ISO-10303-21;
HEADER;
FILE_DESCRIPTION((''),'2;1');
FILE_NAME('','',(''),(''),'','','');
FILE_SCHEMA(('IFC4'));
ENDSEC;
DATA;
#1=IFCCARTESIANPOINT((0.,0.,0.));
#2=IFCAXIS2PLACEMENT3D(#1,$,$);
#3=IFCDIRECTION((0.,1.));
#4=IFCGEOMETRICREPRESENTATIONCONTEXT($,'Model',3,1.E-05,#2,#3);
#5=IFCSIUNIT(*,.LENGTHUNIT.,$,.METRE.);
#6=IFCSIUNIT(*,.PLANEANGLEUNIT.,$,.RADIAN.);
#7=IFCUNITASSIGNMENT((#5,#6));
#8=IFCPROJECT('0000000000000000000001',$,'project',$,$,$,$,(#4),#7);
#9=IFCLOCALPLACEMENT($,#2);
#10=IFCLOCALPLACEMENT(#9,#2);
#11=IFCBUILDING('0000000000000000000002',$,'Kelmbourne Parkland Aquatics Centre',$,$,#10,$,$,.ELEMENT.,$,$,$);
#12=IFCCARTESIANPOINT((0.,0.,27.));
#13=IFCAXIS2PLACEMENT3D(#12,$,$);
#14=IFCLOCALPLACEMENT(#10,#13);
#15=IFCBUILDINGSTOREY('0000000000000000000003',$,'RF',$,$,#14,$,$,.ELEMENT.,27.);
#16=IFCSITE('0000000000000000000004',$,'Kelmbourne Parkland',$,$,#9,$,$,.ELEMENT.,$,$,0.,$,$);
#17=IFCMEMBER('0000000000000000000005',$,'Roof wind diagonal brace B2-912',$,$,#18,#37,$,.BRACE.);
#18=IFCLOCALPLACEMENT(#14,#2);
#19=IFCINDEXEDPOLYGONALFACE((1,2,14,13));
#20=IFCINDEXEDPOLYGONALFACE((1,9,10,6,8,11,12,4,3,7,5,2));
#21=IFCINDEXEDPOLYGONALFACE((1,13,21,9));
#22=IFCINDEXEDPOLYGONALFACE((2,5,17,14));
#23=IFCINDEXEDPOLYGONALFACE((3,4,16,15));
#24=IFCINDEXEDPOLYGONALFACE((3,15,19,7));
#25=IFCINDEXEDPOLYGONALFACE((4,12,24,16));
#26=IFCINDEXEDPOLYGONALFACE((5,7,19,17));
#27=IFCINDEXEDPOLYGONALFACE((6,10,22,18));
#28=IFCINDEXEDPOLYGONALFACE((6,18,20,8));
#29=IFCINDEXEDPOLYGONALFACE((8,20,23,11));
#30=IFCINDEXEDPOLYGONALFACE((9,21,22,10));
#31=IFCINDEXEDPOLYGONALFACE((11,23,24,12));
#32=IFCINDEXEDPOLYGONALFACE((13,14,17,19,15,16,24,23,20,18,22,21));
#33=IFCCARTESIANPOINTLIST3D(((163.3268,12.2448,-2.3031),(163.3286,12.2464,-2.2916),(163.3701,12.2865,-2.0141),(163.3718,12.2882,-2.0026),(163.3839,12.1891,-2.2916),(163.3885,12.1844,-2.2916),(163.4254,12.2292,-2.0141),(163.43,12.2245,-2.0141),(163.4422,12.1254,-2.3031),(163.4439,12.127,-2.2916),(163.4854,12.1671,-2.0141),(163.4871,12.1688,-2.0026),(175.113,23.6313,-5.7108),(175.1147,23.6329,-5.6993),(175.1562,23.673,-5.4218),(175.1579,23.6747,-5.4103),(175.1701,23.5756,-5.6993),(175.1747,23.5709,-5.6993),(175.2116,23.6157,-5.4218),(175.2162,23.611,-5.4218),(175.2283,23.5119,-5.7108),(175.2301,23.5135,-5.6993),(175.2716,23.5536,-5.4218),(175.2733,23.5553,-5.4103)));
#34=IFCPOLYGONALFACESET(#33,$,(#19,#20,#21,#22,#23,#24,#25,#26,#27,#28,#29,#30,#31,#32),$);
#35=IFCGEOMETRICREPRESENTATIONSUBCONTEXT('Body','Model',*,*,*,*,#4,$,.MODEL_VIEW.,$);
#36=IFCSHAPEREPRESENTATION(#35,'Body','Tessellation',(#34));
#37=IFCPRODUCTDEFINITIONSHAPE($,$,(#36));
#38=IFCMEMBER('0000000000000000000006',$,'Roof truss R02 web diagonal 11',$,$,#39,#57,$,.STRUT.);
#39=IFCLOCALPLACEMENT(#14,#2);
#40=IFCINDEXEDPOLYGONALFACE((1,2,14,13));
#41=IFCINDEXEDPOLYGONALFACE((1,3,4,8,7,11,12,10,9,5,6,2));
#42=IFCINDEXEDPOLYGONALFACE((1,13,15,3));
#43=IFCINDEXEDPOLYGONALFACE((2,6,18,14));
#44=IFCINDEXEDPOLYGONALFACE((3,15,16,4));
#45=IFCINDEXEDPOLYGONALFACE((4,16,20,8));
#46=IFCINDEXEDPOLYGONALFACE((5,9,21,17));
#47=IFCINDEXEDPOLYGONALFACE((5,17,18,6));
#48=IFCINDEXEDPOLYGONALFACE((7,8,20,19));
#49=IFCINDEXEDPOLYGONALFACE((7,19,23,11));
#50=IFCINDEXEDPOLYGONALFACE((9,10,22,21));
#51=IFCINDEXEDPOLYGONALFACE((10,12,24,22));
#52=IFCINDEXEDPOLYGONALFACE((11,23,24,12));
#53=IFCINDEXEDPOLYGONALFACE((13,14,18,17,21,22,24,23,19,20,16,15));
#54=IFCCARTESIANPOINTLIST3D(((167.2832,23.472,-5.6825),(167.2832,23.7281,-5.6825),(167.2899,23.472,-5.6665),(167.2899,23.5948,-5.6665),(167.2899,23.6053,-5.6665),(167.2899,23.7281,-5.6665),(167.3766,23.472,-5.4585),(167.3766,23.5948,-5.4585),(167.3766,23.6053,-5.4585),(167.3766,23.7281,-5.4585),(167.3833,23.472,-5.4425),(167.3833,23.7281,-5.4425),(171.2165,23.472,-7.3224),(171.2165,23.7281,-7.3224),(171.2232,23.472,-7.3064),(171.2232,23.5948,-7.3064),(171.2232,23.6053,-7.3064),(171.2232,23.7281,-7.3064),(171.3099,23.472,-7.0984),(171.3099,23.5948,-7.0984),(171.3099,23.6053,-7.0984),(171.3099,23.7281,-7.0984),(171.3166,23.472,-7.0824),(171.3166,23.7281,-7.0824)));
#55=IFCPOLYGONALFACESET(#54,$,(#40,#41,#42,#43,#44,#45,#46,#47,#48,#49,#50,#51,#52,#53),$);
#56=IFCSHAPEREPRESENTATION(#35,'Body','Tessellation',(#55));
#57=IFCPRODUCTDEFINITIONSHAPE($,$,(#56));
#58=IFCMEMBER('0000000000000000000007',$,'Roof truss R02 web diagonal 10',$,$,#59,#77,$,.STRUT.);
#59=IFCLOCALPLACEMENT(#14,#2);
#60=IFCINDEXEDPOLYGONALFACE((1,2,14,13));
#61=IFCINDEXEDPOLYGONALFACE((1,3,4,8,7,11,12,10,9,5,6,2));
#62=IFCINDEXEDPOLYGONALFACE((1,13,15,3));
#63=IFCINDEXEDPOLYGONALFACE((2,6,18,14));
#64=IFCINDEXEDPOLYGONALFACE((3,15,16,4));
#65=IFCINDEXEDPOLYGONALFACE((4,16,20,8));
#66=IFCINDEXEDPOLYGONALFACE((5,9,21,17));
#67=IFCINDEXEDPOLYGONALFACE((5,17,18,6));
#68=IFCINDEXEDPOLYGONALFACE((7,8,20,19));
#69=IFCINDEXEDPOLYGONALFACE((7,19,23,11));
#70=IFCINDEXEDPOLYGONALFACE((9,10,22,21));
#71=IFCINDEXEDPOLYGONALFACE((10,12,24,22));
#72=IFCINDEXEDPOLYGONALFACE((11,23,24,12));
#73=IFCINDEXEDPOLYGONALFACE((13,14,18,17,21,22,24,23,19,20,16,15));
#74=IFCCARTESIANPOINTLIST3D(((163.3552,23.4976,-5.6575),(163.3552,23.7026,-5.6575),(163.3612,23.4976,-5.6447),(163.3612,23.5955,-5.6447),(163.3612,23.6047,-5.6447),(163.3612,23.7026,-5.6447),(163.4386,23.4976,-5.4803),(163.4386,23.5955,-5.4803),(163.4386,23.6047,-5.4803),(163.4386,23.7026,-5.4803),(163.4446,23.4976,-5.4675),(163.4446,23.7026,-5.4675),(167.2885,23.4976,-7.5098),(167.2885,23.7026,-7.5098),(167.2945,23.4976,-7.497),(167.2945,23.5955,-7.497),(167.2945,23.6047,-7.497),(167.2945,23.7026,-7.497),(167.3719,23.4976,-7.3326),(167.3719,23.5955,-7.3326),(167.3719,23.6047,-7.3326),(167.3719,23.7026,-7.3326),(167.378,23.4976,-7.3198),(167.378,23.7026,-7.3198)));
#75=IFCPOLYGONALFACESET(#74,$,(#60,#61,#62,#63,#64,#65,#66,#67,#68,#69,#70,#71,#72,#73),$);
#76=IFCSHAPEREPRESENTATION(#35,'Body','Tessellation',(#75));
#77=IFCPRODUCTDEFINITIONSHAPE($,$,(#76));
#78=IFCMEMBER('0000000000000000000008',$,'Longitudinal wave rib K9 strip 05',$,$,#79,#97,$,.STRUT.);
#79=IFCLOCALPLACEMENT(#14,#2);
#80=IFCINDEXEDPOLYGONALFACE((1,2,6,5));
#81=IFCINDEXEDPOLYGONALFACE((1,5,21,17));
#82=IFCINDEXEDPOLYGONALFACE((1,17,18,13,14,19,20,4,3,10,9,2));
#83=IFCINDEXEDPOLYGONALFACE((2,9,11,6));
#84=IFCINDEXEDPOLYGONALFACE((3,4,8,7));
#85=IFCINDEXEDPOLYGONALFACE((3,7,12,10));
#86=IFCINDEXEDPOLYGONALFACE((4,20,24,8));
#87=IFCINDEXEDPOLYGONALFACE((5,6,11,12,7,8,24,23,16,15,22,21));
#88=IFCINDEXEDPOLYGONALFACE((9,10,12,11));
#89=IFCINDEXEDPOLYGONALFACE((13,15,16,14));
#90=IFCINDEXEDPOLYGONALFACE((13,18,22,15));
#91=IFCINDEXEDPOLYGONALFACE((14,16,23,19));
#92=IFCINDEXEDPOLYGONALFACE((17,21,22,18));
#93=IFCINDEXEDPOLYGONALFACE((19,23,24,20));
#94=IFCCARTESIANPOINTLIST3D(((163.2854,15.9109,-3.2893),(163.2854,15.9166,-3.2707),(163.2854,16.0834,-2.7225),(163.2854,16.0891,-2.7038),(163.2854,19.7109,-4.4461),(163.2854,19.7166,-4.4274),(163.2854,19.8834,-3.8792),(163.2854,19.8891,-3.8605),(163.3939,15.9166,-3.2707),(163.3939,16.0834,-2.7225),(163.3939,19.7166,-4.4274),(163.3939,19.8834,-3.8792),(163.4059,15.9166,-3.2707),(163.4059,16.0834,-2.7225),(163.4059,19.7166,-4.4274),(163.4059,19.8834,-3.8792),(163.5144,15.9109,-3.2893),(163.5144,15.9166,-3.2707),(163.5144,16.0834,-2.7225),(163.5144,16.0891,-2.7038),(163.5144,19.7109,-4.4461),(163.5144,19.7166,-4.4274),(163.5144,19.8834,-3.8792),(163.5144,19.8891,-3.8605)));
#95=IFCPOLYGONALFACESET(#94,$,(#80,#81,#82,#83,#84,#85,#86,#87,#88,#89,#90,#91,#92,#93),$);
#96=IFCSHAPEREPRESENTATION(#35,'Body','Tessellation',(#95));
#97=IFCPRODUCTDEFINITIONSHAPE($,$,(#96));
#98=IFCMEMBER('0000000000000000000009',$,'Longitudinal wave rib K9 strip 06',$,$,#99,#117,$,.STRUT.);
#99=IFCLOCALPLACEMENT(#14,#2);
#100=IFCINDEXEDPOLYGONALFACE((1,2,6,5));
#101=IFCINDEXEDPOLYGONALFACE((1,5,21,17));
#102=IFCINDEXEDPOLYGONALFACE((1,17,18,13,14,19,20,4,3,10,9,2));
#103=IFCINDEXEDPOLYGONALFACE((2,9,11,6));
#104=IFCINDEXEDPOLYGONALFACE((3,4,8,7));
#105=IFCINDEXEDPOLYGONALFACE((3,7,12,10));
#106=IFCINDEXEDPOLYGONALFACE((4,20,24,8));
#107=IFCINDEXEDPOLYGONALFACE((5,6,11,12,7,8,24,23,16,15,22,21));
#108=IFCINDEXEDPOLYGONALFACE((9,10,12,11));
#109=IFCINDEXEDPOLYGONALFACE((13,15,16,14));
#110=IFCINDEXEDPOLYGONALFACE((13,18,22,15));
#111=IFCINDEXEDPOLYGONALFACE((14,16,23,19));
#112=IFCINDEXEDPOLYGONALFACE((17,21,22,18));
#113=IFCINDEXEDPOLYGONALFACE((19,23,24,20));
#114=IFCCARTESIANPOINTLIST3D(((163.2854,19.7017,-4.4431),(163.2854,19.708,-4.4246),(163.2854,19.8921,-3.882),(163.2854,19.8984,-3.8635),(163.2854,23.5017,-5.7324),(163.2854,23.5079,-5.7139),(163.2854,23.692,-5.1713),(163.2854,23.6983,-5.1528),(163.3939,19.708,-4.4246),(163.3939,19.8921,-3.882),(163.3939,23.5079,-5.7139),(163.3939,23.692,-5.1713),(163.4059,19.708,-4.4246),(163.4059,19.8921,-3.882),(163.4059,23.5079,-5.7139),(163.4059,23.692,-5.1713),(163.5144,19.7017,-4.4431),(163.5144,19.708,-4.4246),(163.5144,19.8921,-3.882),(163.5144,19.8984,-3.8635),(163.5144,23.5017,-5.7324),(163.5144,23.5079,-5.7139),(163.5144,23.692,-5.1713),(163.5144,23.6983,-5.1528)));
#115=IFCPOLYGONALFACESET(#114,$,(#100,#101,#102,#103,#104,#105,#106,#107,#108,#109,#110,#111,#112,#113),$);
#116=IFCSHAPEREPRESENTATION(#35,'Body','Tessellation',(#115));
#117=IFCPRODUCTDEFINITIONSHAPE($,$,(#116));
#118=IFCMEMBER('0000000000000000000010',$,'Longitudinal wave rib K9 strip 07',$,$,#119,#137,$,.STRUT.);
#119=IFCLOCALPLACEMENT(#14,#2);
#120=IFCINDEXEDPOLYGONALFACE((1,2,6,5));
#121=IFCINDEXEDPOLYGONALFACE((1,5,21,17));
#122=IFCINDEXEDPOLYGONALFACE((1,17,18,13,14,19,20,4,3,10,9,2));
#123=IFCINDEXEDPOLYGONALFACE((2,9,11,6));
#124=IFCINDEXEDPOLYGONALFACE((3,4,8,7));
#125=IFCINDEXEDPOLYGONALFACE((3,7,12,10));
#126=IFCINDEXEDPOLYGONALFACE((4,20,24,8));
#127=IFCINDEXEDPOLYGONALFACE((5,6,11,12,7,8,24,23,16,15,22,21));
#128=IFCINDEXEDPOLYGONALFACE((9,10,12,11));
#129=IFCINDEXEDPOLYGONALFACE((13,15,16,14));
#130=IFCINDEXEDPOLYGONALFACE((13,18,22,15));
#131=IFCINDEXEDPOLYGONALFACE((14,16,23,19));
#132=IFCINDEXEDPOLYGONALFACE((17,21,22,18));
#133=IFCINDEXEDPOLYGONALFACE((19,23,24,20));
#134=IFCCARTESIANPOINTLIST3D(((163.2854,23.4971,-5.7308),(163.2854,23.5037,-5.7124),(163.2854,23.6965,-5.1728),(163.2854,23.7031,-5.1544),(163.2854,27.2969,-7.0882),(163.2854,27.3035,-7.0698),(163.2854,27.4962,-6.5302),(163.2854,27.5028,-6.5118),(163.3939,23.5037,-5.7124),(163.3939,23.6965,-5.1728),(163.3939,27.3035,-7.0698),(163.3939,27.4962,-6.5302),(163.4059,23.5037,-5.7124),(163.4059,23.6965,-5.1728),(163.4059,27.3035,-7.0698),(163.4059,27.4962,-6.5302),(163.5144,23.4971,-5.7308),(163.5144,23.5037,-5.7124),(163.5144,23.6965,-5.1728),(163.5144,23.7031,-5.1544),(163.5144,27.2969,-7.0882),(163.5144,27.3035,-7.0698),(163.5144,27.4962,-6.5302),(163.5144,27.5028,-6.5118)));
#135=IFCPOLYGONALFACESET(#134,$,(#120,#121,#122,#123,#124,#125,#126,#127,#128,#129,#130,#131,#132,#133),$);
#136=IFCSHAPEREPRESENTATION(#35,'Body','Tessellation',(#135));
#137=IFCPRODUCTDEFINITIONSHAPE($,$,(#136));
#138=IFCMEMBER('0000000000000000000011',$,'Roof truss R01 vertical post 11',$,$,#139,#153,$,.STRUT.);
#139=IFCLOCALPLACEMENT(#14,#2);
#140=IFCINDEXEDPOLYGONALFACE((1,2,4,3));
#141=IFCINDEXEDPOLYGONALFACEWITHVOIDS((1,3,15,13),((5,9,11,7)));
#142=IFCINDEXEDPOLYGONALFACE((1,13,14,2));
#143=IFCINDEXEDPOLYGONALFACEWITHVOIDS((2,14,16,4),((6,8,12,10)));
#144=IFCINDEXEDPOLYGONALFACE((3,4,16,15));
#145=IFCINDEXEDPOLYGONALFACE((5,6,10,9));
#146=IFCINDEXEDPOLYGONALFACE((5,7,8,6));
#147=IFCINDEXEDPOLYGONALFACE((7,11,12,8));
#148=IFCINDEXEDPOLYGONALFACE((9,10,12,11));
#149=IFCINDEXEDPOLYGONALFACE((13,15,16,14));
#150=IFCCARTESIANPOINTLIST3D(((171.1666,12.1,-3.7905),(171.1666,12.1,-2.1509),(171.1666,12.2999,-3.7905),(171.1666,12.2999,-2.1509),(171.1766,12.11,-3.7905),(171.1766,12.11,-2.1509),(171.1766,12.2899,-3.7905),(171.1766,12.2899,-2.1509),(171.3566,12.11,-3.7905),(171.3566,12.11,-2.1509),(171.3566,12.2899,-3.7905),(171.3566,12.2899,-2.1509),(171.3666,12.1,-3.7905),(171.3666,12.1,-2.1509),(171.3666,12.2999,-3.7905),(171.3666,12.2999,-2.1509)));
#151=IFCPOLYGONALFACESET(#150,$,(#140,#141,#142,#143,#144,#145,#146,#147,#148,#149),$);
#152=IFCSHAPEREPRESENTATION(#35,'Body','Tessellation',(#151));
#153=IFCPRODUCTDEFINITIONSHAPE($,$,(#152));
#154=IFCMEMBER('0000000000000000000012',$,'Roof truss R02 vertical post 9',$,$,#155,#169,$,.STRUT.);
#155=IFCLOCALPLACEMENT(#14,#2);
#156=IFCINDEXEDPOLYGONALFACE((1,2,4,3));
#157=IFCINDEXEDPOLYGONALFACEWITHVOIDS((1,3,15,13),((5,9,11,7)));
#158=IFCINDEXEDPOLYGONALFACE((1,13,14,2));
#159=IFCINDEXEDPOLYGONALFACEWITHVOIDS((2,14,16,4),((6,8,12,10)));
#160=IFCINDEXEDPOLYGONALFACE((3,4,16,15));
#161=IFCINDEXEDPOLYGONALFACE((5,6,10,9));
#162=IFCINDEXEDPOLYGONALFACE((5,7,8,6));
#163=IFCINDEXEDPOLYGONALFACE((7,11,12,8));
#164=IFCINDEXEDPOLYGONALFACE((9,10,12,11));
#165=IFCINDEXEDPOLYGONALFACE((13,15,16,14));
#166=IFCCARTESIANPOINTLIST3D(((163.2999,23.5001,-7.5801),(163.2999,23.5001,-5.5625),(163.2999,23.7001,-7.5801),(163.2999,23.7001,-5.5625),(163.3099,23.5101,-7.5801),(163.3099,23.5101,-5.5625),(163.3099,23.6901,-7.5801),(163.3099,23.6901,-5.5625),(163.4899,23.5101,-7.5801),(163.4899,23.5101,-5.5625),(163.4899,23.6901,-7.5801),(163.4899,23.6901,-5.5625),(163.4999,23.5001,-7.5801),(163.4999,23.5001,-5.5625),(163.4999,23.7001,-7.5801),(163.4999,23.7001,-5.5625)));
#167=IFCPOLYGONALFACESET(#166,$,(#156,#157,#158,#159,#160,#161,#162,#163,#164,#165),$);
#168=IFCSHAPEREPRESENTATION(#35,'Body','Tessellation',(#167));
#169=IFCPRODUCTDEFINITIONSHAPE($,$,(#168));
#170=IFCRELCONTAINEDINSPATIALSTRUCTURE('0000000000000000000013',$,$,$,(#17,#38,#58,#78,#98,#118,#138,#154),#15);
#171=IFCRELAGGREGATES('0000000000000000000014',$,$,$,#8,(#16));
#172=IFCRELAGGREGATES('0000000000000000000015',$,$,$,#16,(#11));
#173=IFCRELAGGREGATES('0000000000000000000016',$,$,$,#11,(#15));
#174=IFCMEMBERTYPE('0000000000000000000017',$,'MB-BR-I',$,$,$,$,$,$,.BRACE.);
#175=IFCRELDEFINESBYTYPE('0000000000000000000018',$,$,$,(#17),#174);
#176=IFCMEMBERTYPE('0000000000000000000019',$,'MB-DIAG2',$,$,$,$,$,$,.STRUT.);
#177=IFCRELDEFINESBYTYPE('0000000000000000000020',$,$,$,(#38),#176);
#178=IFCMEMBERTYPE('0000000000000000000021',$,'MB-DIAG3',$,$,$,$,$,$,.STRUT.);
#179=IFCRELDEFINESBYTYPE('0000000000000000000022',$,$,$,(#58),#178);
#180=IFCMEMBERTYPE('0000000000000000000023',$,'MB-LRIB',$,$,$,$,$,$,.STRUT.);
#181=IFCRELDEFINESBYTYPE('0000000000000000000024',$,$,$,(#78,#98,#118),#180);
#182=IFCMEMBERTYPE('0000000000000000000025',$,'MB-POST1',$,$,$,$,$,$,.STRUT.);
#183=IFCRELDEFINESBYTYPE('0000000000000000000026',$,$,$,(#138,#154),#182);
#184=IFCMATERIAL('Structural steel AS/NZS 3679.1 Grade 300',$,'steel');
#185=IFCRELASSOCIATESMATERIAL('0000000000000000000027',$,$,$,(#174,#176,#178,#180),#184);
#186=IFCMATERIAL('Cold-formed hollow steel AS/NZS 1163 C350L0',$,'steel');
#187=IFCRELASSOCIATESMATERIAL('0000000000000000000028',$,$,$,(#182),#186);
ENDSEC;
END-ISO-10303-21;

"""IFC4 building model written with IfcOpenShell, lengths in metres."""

from ifc_helpers import new_model, si_unit, direction, frame, origin, origin_2d, place, context, subcontext, project, spatial, hollow_rectangle, i_section, extrude, material, material_profile, profile_set, type_object, element, save


model = new_model("IFC4")

# Units and contexts
model_context = context("Model", 3, precision=1e-05, world=origin(), true_north=direction((0.0, 1.0)))
body_context = subcontext(model_context, "Body", "Model", "MODEL_VIEW")
ifc_project = project(units=[si_unit("LENGTHUNIT", "METRE"), si_unit("PLANEANGLEUNIT", "RADIAN")], contexts=[model_context])

# Site, building, storey
site_placement = place(None, origin())
site = spatial("IfcSite", under=ifc_project, at=site_placement, Name="Kelmbourne Parkland", CompositionType="ELEMENT", RefElevation=0.0)
building_placement = place(site_placement, origin())
building = spatial("IfcBuilding", under=site, at=building_placement, Name="Kelmbourne Parkland Aquatics Centre", CompositionType="ELEMENT")
storey_placement = place(building_placement, frame((0.0, 0.0, 27.0)))
storey = spatial("IfcBuildingStorey", under=building, at=storey_placement, Name="RF", CompositionType="ELEMENT", Elevation=27.0)

# Members
ifc_material_1 = material(Name="Structural steel AS/NZS 3679.1 Grade 300", Category="steel")
ifc_material_profile_1 = material_profile(ifc_material_1, i_section(OverallWidth=0.166, OverallDepth=0.3069, WebThickness=0.0066, FlangeThickness=0.0117, at=origin_2d()), Name="310UB46.2")
ifc_profile_set_1 = profile_set([ifc_material_profile_1], Name="Structural steel AS/NZS 3679.1 Grade 300")
member_type_1 = type_object("IfcMemberType", Name="MB-BR-I", PredefinedType="BRACE", material=ifc_profile_set_1)
member_1_placement = place(storey_placement, frame((163.407, 12.2068, -2.1528), z_axis=(0.704133, 0.680257, -0.203585), x_axis=(-0.694808, 0.719195, 0.0)))
element("IfcMember", 1, at=member_1_placement, inside=storey, type_object=member_type_1, Name="Roof wind diagonal brace B2-912", PredefinedType="BRACE", context=body_context, shape_type="SweptSolid", body=[
    extrude(i_section(OverallWidth=0.166, OverallDepth=0.3069, WebThickness=0.0066, FlangeThickness=0.0117, at=origin_2d()), origin(), (0.0, 0.0, 1.0), 16.7385),
])
ifc_material_profile_2 = material_profile(ifc_material_1, i_section(OverallWidth=0.2561, OverallDepth=0.26, WebThickness=0.0105, FlangeThickness=0.0173, at=origin_2d()), Name="250UC89.5")
ifc_profile_set_2 = profile_set([ifc_material_profile_2], Name="Structural steel AS/NZS 3679.1 Grade 300")
member_type_2 = type_object("IfcMemberType", Name="MB-DIAG2", PredefinedType="STRUT", material=ifc_profile_set_2)
member_2_placement = place(storey_placement, frame((167.3333, 23.6001, -5.5625), z_axis=(0.922994, 0.0, -0.384815), x_axis=(0.0, 1.0, 0.0)))
element("IfcMember", 2, at=member_2_placement, inside=storey, type_object=member_type_2, Name="Roof truss R02 web diagonal 11", PredefinedType="STRUT", context=body_context, shape_type="SweptSolid", body=[
    extrude(i_section(OverallWidth=0.2561, OverallDepth=0.26, WebThickness=0.0105, FlangeThickness=0.0173, at=origin_2d()), origin(), (0.0, 0.0, 1.0), 4.2615),
])
ifc_material_profile_3 = material_profile(ifc_material_1, i_section(OverallWidth=0.2051, OverallDepth=0.21, WebThickness=0.0093, FlangeThickness=0.0142, at=origin_2d()), Name="200UC59.5")
ifc_profile_set_3 = profile_set([ifc_material_profile_3], Name="Structural steel AS/NZS 3679.1 Grade 300")
member_type_3 = type_object("IfcMemberType", Name="MB-DIAG3", PredefinedType="STRUT", material=ifc_profile_set_3)
member_3_placement = place(storey_placement, frame((163.3999, 23.6001, -5.5625), z_axis=(0.904703, 0.0, -0.426043), x_axis=(0.0, 1.0, 0.0)))
element("IfcMember", 3, at=member_3_placement, inside=storey, type_object=member_type_3, Name="Roof truss R02 web diagonal 10", PredefinedType="STRUT", context=body_context, shape_type="SweptSolid", body=[
    extrude(i_section(OverallWidth=0.2051, OverallDepth=0.21, WebThickness=0.0093, FlangeThickness=0.0142, at=origin_2d()), origin(), (0.0, 0.0, 1.0), 4.3477),
])
ifc_material_profile_4 = material_profile(ifc_material_1, i_section(OverallWidth=0.229, OverallDepth=0.6121, WebThickness=0.012, FlangeThickness=0.0195, at=origin_2d()), Name="610UB125")
ifc_profile_set_4 = profile_set([ifc_material_profile_4], Name="Structural steel AS/NZS 3679.1 Grade 300")
member_type_4 = type_object("IfcMemberType", Name="MB-LRIB", PredefinedType="STRUT", material=ifc_profile_set_4)
member_4_placement = place(storey_placement, frame((163.3999, 16.0, -2.9966), z_axis=(0.0, 0.95666, -0.291208), x_axis=(-1.0, 0.0, 0.0)))
element("IfcMember", 4, at=member_4_placement, inside=storey, type_object=member_type_4, Name="Longitudinal wave rib K9 strip 05", PredefinedType="STRUT", context=body_context, shape_type="SweptSolid", body=[
    extrude(i_section(OverallWidth=0.229, OverallDepth=0.6121, WebThickness=0.012, FlangeThickness=0.0195, at=origin_2d()), origin(), (0.0, 0.0, 1.0), 3.9722),
])
member_5_placement = place(storey_placement, frame((163.3999, 19.8, -4.1533), z_axis=(0.0, 0.946978, -0.321297), x_axis=(-1.0, 0.0, 0.0)))
element("IfcMember", 5, at=member_5_placement, inside=storey, type_object=member_type_4, Name="Longitudinal wave rib K9 strip 06", PredefinedType="STRUT", context=body_context, shape_type="SweptSolid", body=[
    extrude(i_section(OverallWidth=0.229, OverallDepth=0.6121, WebThickness=0.012, FlangeThickness=0.0195, at=origin_2d()), origin(), (0.0, 0.0, 1.0), 4.0127),
])
member_6_placement = place(storey_placement, frame((163.3999, 23.6001, -5.4426), z_axis=(0.0, 0.941715, -0.336413), x_axis=(-1.0, 0.0, 0.0)))
element("IfcMember", 6, at=member_6_placement, inside=storey, type_object=member_type_4, Name="Longitudinal wave rib K9 strip 07", PredefinedType="STRUT", context=body_context, shape_type="SweptSolid", body=[
    extrude(i_section(OverallWidth=0.229, OverallDepth=0.6121, WebThickness=0.012, FlangeThickness=0.0195, at=origin_2d()), origin(), (0.0, 0.0, 1.0), 4.0349),
])
ifc_material_2 = material(Name="Cold-formed hollow steel AS/NZS 1163 C350L0", Category="steel")
ifc_material_profile_5 = material_profile(ifc_material_2, hollow_rectangle(XDim=0.2, YDim=0.2, WallThickness=0.01, at=origin_2d()), Name="SHS 200x200x10.0")
ifc_profile_set_5 = profile_set([ifc_material_profile_5], Name="Cold-formed hollow steel AS/NZS 1163 C350L0")
member_type_5 = type_object("IfcMemberType", Name="MB-POST1", PredefinedType="STRUT", material=ifc_profile_set_5)
member_7_placement = place(storey_placement, frame((171.2666, 12.2, -3.7905), z_axis=(0.0, 0.0, 1.0), x_axis=(1.0, 0.0, 0.0)))
element("IfcMember", 7, at=member_7_placement, inside=storey, type_object=member_type_5, Name="Roof truss R01 vertical post 11", PredefinedType="STRUT", context=body_context, shape_type="SweptSolid", body=[
    extrude(hollow_rectangle(XDim=0.2, YDim=0.2, WallThickness=0.01, at=origin_2d()), origin(), (0.0, 0.0, 1.0), 1.6396),
])
member_8_placement = place(storey_placement, frame((163.3999, 23.6001, -7.5801), z_axis=(0.0, 0.0, 1.0), x_axis=(1.0, 0.0, 0.0)))
element("IfcMember", 8, at=member_8_placement, inside=storey, type_object=member_type_5, Name="Roof truss R02 vertical post 9", PredefinedType="STRUT", context=body_context, shape_type="SweptSolid", body=[
    extrude(hollow_rectangle(XDim=0.2, YDim=0.2, WallThickness=0.01, at=origin_2d()), origin(), (0.0, 0.0, 1.0), 2.0176),
])

save(model, "model.ifc")
